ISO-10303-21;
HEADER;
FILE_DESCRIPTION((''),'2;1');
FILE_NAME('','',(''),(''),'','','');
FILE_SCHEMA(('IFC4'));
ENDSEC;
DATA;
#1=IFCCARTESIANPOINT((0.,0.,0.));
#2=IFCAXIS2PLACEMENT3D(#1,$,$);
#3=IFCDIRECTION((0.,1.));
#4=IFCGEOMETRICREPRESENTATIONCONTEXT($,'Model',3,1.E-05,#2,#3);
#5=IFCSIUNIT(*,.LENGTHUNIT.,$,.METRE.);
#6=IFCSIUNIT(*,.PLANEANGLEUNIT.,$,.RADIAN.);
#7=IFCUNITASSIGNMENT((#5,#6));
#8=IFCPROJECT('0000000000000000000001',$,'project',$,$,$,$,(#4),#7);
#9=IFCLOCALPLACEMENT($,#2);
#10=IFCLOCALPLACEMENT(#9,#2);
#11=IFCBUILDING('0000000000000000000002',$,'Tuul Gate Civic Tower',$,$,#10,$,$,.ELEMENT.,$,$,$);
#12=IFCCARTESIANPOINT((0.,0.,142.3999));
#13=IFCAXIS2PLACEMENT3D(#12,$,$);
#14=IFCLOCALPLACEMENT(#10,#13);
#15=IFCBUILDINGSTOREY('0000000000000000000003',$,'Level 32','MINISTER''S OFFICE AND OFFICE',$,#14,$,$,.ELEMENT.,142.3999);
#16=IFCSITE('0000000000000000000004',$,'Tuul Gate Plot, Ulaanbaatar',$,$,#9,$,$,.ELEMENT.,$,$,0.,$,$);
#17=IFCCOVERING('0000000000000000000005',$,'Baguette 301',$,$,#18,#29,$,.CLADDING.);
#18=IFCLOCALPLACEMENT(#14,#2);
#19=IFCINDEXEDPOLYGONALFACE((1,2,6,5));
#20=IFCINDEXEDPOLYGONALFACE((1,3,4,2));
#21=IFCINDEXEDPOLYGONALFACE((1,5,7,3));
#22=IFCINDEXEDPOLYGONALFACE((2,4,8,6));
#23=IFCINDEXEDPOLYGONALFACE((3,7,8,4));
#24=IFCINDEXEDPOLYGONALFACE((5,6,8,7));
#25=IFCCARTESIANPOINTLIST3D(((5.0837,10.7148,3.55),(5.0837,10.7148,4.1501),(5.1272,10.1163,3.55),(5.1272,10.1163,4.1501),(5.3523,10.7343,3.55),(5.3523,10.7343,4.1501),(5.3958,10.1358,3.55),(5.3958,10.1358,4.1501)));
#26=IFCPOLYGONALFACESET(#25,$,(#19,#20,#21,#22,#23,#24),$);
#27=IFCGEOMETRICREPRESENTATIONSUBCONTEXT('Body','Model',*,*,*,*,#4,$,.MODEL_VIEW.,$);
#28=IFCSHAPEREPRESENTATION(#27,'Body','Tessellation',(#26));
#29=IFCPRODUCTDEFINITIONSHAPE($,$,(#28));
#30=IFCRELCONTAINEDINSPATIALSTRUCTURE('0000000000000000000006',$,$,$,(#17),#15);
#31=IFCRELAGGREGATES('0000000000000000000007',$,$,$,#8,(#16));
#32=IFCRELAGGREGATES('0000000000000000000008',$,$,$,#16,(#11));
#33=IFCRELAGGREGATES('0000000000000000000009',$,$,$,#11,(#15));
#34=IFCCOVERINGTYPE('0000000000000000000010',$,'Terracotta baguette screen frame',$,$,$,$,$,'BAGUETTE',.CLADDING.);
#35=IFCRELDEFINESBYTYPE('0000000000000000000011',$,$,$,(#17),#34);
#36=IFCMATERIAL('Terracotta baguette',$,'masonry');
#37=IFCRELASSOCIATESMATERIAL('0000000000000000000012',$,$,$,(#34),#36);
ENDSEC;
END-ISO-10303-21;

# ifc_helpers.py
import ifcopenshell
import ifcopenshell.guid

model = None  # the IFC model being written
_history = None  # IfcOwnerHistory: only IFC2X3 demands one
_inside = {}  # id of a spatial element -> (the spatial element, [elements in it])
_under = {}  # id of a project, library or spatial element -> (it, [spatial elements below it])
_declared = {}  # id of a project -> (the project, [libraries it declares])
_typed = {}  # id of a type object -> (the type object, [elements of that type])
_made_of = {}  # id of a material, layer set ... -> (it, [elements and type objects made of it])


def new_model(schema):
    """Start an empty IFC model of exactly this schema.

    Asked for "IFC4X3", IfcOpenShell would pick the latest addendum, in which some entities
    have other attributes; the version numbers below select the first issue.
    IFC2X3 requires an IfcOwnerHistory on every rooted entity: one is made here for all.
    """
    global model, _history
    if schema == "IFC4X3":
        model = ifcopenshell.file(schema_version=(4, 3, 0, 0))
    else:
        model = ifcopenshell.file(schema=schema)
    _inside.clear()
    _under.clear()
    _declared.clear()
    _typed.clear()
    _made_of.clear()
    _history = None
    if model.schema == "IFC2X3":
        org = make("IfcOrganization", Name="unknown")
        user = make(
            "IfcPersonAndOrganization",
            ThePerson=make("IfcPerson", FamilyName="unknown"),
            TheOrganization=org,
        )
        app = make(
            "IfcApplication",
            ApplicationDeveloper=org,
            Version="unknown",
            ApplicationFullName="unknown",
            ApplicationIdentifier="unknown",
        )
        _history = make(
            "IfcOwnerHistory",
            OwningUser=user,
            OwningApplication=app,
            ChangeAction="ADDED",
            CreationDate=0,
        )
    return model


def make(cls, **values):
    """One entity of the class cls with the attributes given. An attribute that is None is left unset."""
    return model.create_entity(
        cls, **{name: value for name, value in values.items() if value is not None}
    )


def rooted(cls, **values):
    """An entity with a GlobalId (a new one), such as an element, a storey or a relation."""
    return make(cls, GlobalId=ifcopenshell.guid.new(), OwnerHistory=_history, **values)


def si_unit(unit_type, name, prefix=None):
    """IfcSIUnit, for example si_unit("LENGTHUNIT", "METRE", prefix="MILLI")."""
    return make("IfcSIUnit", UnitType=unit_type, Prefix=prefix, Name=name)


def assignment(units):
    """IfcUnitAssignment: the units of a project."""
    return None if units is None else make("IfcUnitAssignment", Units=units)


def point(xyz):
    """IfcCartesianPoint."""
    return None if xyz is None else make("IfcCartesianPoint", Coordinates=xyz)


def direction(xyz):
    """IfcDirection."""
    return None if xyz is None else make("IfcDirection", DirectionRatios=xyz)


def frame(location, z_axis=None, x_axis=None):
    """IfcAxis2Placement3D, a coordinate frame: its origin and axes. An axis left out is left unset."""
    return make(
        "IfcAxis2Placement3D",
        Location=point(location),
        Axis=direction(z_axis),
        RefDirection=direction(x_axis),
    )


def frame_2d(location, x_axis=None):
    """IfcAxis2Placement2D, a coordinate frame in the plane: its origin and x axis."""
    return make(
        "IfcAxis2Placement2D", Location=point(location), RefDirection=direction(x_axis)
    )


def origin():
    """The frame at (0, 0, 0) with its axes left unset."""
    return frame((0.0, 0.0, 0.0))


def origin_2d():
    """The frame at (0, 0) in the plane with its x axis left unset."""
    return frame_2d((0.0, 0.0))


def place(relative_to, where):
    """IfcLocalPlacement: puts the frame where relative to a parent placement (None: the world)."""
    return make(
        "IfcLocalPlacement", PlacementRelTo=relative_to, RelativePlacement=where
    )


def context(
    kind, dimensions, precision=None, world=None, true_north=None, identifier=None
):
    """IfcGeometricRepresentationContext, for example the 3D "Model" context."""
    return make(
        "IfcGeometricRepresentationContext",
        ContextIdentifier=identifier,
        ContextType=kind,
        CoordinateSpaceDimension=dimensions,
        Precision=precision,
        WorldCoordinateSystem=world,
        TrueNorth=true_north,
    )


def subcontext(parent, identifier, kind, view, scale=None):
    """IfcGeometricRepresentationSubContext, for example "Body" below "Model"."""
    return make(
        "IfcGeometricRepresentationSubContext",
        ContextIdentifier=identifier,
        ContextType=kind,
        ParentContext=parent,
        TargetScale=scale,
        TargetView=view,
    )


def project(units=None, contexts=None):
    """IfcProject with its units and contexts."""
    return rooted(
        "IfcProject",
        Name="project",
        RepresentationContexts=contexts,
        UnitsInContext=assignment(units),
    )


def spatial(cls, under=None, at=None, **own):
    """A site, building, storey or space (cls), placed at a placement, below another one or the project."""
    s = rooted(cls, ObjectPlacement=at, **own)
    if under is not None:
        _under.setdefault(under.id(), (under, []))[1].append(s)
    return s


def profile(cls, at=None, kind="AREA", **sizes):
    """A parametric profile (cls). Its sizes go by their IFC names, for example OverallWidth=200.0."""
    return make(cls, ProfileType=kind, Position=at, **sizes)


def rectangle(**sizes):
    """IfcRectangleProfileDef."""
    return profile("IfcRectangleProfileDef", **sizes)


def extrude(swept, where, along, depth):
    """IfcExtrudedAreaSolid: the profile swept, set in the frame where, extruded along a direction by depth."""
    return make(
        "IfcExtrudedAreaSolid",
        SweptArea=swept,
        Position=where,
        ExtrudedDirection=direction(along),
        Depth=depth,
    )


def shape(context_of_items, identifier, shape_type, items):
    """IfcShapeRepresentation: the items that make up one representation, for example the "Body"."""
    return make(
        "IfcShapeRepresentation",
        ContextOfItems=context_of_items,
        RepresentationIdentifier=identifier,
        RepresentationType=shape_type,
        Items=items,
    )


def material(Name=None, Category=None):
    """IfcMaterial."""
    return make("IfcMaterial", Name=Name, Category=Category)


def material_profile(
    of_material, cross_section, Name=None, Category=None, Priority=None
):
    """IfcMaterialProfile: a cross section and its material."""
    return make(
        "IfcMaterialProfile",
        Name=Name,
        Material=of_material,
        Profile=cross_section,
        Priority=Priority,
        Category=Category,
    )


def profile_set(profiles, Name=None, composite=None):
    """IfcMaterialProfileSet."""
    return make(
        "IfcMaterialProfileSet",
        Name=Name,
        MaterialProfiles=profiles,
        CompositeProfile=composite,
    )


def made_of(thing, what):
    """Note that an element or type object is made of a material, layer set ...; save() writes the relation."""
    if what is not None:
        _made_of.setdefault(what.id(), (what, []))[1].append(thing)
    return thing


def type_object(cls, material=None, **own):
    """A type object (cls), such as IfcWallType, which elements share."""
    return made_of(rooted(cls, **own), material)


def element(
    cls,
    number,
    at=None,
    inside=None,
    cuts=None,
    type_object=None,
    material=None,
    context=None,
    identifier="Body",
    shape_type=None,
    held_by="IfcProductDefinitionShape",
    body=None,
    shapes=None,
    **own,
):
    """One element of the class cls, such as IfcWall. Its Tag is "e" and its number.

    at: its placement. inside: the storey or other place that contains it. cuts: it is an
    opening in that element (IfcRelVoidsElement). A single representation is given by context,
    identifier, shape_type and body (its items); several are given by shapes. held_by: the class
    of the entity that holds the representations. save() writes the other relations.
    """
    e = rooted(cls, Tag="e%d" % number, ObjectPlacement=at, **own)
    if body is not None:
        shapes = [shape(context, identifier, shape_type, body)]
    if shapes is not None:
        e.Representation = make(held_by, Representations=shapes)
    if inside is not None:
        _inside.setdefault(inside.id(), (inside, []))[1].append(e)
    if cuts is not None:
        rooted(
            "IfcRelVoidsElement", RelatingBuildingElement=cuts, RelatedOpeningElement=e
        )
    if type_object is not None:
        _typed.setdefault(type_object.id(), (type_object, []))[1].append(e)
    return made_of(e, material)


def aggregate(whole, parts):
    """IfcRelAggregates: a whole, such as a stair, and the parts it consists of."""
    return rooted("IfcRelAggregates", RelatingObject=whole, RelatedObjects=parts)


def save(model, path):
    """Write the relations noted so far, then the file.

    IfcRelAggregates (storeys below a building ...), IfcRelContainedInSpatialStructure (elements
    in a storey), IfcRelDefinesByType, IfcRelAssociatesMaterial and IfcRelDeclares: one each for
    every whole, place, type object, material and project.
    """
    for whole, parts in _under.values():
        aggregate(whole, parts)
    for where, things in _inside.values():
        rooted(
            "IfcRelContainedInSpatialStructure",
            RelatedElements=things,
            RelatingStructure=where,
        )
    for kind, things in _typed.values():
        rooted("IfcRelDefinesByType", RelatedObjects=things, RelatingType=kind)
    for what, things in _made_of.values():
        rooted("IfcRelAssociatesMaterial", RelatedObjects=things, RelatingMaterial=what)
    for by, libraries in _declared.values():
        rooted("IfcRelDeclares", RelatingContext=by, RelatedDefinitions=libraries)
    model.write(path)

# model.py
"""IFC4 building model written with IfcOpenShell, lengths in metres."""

from ifc_helpers import new_model, si_unit, direction, frame, origin, origin_2d, place, context, subcontext, project, spatial, rectangle, extrude, material, material_profile, profile_set, type_object, element, save


model = new_model("IFC4")

# Units and contexts
model_context = context("Model", 3, precision=1e-05, world=origin(), true_north=direction((0.0, 1.0)))
body_context = subcontext(model_context, "Body", "Model", "MODEL_VIEW")
ifc_project = project(units=[si_unit("LENGTHUNIT", "METRE"), si_unit("PLANEANGLEUNIT", "RADIAN")], contexts=[model_context])

# Site, building, storey
site_placement = place(None, origin())
site = spatial("IfcSite", under=ifc_project, at=site_placement, Name="Tuul Gate Plot, Ulaanbaatar", CompositionType="ELEMENT", RefElevation=0.0)
building_placement = place(site_placement, origin())
building = spatial("IfcBuilding", under=site, at=building_placement, Name="Tuul Gate Civic Tower", CompositionType="ELEMENT")
storey_placement = place(building_placement, frame((0.0, 0.0, 142.3999)))
storey = spatial("IfcBuildingStorey", under=building, at=storey_placement, Name="Level 32", Description="MINISTER'S OFFICE AND OFFICE", CompositionType="ELEMENT", Elevation=142.3999)

# Covering
ifc_material_1 = material(Name="Terracotta baguette", Category="masonry")
ifc_material_profile_1 = material_profile(ifc_material_1, rectangle(XDim=0.6001, YDim=0.6001, at=origin_2d()), Name="Terracotta baguette screen frame")
ifc_profile_set_1 = profile_set([ifc_material_profile_1], Name="Terracotta baguette")
covering_type = type_object("IfcCoveringType", Name="Terracotta baguette screen frame", ElementType="BAGUETTE", PredefinedType="CLADDING", material=ifc_profile_set_1)
covering_1_placement = place(storey_placement, frame((5.374, 10.4351, 3.8501), z_axis=(-0.997366, -0.072536, 0.0), x_axis=(0.072536, -0.997366, 0.0)))
element("IfcCovering", 1, at=covering_1_placement, inside=storey, type_object=covering_type, Name="Baguette 301", PredefinedType="CLADDING", context=body_context, shape_type="SweptSolid", body=[
    extrude(rectangle(XDim=0.6001, YDim=0.6001, at=origin_2d()), origin(), (0.0, 0.0, 1.0), 0.2693),
])

save(model, "model.ifc")
